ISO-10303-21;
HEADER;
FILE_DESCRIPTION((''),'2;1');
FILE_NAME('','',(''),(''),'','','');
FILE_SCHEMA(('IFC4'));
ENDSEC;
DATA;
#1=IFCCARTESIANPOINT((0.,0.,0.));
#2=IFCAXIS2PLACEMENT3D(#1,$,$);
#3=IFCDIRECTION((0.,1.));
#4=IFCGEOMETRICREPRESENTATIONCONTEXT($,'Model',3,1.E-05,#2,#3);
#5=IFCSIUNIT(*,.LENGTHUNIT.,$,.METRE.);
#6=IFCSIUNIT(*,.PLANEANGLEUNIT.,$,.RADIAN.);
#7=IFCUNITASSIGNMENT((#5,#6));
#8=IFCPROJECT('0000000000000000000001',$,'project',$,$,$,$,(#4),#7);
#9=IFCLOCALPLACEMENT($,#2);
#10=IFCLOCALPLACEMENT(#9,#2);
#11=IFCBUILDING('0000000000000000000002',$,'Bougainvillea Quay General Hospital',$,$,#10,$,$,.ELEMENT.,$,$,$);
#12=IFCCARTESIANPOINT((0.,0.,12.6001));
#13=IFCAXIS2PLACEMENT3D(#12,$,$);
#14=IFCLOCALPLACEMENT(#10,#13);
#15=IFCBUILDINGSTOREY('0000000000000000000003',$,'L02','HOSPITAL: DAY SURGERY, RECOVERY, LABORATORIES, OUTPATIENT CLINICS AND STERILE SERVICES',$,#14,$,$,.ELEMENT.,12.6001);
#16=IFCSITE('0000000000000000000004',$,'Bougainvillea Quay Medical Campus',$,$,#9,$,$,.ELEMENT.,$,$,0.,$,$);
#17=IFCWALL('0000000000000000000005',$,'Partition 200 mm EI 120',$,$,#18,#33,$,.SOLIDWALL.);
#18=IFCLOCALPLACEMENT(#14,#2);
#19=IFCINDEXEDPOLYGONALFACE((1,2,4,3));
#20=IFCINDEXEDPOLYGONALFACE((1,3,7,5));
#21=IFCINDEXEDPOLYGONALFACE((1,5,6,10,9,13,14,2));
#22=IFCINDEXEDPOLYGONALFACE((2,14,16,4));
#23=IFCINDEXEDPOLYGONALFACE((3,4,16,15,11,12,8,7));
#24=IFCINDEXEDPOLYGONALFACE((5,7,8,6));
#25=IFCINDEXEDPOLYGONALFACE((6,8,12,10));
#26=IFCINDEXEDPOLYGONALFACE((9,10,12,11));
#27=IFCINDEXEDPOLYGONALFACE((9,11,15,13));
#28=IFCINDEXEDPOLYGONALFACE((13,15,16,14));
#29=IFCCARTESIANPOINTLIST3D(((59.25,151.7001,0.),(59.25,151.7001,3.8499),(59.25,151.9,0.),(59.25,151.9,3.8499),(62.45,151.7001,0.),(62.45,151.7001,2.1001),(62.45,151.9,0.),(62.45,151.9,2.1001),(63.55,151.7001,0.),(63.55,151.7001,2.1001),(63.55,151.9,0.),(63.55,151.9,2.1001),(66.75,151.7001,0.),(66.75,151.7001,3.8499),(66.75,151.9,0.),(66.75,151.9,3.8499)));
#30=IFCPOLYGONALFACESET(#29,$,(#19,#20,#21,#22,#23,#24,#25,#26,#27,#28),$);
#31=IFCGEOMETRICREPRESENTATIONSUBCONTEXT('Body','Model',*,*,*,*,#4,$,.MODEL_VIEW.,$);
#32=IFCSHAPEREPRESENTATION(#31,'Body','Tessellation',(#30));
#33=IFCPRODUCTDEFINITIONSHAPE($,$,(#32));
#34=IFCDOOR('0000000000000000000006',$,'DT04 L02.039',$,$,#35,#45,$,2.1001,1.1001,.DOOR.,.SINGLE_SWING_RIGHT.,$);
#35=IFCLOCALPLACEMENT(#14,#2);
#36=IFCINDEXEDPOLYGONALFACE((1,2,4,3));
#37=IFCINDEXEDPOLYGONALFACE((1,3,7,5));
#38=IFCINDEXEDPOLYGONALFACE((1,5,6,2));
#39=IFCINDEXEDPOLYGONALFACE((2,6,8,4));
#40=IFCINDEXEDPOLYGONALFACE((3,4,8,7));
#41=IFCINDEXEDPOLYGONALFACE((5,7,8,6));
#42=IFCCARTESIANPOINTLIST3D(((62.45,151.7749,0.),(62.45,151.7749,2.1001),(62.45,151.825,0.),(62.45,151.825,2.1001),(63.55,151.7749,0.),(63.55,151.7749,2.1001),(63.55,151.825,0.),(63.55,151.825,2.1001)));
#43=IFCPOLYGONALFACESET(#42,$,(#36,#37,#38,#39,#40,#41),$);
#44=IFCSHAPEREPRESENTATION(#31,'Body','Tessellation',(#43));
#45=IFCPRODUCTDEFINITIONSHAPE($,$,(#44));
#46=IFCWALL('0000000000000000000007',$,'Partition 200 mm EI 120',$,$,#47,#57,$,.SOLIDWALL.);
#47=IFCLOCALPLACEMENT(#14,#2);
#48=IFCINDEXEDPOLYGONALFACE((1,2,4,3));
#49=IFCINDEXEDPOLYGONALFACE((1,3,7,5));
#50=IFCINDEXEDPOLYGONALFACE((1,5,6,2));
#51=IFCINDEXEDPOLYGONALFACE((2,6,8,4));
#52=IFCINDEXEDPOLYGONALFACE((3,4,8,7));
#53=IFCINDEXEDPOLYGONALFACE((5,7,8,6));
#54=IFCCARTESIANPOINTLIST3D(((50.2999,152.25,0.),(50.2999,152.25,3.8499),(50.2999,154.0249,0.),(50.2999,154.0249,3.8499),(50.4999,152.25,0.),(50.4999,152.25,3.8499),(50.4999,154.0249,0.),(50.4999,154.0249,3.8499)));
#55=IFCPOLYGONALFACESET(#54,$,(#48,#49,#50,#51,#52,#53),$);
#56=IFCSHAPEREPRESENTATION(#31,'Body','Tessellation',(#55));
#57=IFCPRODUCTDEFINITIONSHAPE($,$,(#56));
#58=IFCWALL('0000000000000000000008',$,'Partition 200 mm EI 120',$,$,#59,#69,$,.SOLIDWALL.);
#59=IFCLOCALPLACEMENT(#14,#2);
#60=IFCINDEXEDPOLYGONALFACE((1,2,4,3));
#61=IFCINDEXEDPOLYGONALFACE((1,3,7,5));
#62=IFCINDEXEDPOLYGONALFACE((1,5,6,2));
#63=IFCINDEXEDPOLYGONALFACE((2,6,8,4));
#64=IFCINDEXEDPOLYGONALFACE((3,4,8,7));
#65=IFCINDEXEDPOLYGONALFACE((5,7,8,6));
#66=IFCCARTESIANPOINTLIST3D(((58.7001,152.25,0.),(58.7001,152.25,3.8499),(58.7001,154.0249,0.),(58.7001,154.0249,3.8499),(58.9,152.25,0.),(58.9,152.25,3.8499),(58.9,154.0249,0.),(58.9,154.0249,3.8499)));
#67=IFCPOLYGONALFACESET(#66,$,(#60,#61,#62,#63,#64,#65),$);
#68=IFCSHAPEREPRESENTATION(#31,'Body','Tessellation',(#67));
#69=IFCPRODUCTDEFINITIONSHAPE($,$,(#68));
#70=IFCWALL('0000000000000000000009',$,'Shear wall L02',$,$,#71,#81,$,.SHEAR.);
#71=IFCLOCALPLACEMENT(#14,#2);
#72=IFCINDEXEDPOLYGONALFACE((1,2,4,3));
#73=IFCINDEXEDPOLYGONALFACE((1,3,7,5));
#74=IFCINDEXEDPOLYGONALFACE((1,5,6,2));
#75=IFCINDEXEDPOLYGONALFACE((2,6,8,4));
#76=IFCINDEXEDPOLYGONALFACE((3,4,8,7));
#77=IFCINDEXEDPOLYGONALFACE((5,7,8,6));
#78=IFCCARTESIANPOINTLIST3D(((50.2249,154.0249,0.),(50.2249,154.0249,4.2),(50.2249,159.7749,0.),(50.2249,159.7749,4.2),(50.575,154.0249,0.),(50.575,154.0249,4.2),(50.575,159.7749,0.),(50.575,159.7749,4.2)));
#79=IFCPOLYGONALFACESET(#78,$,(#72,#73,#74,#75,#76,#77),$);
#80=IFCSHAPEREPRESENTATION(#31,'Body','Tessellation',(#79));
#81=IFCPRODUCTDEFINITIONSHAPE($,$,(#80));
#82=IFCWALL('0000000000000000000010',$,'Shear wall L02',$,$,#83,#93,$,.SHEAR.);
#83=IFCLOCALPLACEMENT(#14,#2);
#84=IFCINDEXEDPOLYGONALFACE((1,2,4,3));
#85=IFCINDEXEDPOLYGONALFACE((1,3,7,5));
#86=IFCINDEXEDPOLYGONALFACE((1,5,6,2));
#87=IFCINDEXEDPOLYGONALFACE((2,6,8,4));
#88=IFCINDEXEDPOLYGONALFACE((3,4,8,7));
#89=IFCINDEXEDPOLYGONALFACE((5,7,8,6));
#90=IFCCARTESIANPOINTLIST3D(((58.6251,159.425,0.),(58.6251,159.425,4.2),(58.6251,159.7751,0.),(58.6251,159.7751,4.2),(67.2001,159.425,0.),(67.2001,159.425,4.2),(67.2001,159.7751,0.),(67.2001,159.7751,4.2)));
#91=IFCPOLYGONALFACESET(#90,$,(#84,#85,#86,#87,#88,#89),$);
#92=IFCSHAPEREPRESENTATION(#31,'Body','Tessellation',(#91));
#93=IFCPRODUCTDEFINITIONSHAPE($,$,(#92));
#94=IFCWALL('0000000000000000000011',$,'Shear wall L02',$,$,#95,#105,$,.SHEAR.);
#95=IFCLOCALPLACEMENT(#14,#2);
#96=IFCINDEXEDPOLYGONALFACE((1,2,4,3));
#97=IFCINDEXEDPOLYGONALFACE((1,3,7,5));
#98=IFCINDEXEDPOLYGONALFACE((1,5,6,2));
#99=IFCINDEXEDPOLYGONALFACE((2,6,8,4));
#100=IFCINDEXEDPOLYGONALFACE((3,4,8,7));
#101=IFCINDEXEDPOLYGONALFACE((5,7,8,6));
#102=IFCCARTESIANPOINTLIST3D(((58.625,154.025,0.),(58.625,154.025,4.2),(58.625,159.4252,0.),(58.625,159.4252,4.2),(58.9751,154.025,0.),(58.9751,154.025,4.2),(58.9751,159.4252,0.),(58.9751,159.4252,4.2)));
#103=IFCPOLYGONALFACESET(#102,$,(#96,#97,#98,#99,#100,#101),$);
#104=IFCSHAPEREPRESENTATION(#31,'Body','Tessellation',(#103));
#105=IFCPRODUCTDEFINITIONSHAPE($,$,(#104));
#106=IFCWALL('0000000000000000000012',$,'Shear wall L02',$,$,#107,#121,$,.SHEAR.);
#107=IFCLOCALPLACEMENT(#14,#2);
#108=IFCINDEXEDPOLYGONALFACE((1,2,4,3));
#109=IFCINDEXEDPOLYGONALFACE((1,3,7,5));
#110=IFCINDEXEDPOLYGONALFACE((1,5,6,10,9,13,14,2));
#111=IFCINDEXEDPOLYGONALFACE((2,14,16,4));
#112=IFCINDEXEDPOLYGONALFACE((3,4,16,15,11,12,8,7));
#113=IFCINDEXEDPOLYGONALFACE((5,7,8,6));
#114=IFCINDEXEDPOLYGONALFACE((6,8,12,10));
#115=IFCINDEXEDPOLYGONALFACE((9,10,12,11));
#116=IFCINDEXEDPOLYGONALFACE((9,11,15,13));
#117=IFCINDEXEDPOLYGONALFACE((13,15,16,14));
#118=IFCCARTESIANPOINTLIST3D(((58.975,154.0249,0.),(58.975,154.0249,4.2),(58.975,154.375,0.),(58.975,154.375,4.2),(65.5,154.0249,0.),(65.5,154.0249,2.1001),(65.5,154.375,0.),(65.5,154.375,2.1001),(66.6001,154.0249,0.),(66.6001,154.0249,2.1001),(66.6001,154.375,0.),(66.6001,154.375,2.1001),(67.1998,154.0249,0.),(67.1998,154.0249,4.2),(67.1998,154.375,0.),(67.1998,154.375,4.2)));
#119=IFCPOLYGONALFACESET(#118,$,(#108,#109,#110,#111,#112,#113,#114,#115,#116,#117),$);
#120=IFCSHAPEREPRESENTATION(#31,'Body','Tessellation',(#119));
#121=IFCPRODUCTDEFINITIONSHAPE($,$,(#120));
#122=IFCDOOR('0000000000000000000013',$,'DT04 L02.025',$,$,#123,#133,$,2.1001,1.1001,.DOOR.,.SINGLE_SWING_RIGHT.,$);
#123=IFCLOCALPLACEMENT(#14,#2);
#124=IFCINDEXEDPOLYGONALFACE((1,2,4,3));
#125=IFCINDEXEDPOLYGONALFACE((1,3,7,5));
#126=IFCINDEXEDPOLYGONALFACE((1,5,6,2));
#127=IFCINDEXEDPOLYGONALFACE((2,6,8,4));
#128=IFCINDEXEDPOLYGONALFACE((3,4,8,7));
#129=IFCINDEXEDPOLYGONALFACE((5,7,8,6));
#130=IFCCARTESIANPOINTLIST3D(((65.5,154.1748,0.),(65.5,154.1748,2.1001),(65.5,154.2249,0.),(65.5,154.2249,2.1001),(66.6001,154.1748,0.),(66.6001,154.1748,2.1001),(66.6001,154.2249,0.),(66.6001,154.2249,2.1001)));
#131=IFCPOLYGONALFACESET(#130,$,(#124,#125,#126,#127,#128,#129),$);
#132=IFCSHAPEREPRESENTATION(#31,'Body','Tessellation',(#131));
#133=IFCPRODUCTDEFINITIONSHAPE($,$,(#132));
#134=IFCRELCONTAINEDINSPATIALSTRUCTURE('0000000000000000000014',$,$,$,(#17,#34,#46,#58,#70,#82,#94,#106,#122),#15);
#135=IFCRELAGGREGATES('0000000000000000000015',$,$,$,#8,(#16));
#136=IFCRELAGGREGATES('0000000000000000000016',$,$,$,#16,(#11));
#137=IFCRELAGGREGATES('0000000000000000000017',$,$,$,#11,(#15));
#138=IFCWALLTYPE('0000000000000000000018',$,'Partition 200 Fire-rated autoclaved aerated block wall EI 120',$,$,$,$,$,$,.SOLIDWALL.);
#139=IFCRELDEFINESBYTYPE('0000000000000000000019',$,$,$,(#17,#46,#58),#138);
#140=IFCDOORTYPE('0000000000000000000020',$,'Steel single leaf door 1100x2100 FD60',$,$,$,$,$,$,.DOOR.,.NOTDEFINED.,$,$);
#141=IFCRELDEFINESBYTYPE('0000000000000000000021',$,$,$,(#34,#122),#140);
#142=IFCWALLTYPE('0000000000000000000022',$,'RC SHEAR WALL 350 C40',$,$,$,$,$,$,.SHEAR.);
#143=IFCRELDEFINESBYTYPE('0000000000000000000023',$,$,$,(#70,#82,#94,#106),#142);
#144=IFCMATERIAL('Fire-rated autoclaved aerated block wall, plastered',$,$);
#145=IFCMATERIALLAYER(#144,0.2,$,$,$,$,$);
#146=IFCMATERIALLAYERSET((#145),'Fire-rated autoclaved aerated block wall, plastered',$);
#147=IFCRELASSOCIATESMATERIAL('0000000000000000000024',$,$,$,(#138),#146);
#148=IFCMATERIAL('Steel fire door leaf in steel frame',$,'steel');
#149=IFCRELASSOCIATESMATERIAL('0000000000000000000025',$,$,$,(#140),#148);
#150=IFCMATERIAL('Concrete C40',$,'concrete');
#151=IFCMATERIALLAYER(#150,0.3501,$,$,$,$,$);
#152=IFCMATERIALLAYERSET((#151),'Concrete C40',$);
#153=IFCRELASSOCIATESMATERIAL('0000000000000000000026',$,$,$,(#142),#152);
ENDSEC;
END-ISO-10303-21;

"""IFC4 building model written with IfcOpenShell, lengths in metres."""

from ifc_helpers import new_model, si_unit, direction, frame, frame_2d, origin, place, context, subcontext, project, spatial, rectangle, extrude, material, layer, layer_set, type_object, element, fill, save


model = new_model("IFC4")

# Units and contexts
model_context = context("Model", 3, precision=1e-05, world=origin(), true_north=direction((0.0, 1.0)))
body_context = subcontext(model_context, "Body", "Model", "MODEL_VIEW")
ifc_project = project(units=[si_unit("LENGTHUNIT", "METRE"), si_unit("PLANEANGLEUNIT", "RADIAN")], contexts=[model_context])

# Site, building, storey
site_placement = place(None, origin())
site = spatial("IfcSite", under=ifc_project, at=site_placement, Name="Bougainvillea Quay Medical Campus", CompositionType="ELEMENT", RefElevation=0.0)
building_placement = place(site_placement, origin())
building = spatial("IfcBuilding", under=site, at=building_placement, Name="Bougainvillea Quay General Hospital", CompositionType="ELEMENT")
storey_placement = place(building_placement, frame((0.0, 0.0, 12.6001)))
storey = spatial("IfcBuildingStorey", under=building, at=storey_placement, Name="L02", Description="HOSPITAL: DAY SURGERY, RECOVERY, LABORATORIES, OUTPATIENT CLINICS AND STERILE SERVICES", CompositionType="ELEMENT", Elevation=12.6001)

# Shared definitions
ifc_material_1 = material(Name="Concrete C40", Category="concrete")

# Wall, opening, door
ifc_material_2 = material(Name="Fire-rated autoclaved aerated block wall, plastered")
ifc_layer_1 = layer(ifc_material_2, 0.2)
ifc_layer_set_1 = layer_set([ifc_layer_1], Name="Fire-rated autoclaved aerated block wall, plastered")
wall_type_1 = type_object("IfcWallType", Name="Partition 200 Fire-rated autoclaved aerated block wall EI 120", PredefinedType="SOLIDWALL", material=ifc_layer_set_1)
wall_1_placement = place(storey_placement, frame((59.25, 151.8, 0.0), z_axis=(0.0, 0.0, 1.0), x_axis=(1.0, 0.0, 0.0)))
wall_1 = element("IfcWall", 1, at=wall_1_placement, inside=storey, type_object=wall_type_1, Name="Partition 200 mm EI 120", PredefinedType="SOLIDWALL", context=body_context, shape_type="SweptSolid", body=[
    extrude(rectangle(XDim=7.5, YDim=0.2, at=frame_2d((3.75, 0.0))), origin(), (0.0, 0.0, 1.0), 3.8499),
])
opening_1_placement = place(wall_1_placement, frame((3.2, 0.0, 0.0)))
opening_1 = element("IfcOpeningElement", 2, at=opening_1_placement, cuts=wall_1, PredefinedType="OPENING", context=body_context, shape_type="SweptSolid", body=[
    extrude(rectangle(XDim=1.1001, YDim=2.1001, at=frame_2d((0.55, 1.05))), frame((0.0, 0.1099, 0.0), z_axis=(0.0, -1.0, 0.0), x_axis=(1.0, 0.0, 0.0)), (0.0, 0.0, 1.0), 0.22),
])
ifc_material_3 = material(Name="Steel fire door leaf in steel frame", Category="steel")
door_type_1 = type_object("IfcDoorType", Name="Steel single leaf door 1100x2100 FD60", OperationType="NOTDEFINED", PredefinedType="DOOR", material=ifc_material_3)
door_1_placement = place(opening_1_placement, origin())
door_1 = element("IfcDoor", 3, at=door_1_placement, inside=storey, type_object=door_type_1, Name="DT04 L02.039", OperationType="SINGLE_SWING_RIGHT", OverallHeight=2.1001, OverallWidth=1.1001, PredefinedType="DOOR", context=body_context, shape_type="SweptSolid", body=[
    extrude(rectangle(XDim=1.1001, YDim=2.1001, at=frame_2d((0.55, 1.05))), frame((0.0, 0.0249, 0.0), z_axis=(0.0, -1.0, 0.0), x_axis=(1.0, 0.0, 0.0)), (0.0, 0.0, 1.0), 0.05),
])
fill(opening_1, door_1)

# Walls
for number, where, z_axis, x_axis, name in (
    (4, (50.3999, 152.25, 0.0), (0.0, 0.0, 1.0), (0.0, 1.0, 0.0), "Partition 200 mm EI 120"),
    (5, (58.8, 152.25, 0.0), (0.0, 0.0, 1.0), (0.0, 1.0, 0.0), "Partition 200 mm EI 120"),
):
    element("IfcWall", number, at=place(storey_placement, frame(where, z_axis=z_axis, x_axis=x_axis)), inside=storey, type_object=wall_type_1, Name=name, PredefinedType="SOLIDWALL", context=body_context, shape_type="SweptSolid", body=[
        extrude(rectangle(XDim=1.7749, YDim=0.2, at=frame_2d((0.8875, 0.0))), origin(), (0.0, 0.0, 1.0), 3.8499),
    ])
ifc_layer_2 = layer(ifc_material_1, 0.3501)
ifc_layer_set_2 = layer_set([ifc_layer_2], Name="Concrete C40")
wall_type_2 = type_object("IfcWallType", Name="RC SHEAR WALL 350 C40", PredefinedType="SHEAR", material=ifc_layer_set_2)
wall_2_placement = place(storey_placement, frame((50.3999, 154.0249, 0.0), z_axis=(0.0, 0.0, 1.0), x_axis=(0.0, 1.0, 0.0)))
element("IfcWall", 6, at=wall_2_placement, inside=storey, type_object=wall_type_2, Name="Shear wall L02", PredefinedType="SHEAR", context=body_context, shape_type="SweptSolid", body=[
    extrude(rectangle(XDim=5.75, YDim=0.3501, at=frame_2d((2.875, 0.0))), origin(), (0.0, 0.0, 1.0), 4.2),
])
wall_3_placement = place(storey_placement, frame((58.625, 159.6001, 0.0), z_axis=(0.0, 0.0, 1.0), x_axis=(1.0, 0.0, 0.0)))
element("IfcWall", 7, at=wall_3_placement, inside=storey, type_object=wall_type_2, Name="Shear wall L02", PredefinedType="SHEAR", context=body_context, shape_type="SweptSolid", body=[
    extrude(rectangle(XDim=8.575, YDim=0.3501, at=frame_2d((4.2876, 0.0))), origin(), (0.0, 0.0, 1.0), 4.2),
])
wall_4_placement = place(storey_placement, frame((58.8, 154.0249, 0.0), z_axis=(0.0, 0.0, 1.0), x_axis=(0.0, 1.0, 0.0)))
element("IfcWall", 8, at=wall_4_placement, inside=storey, type_object=wall_type_2, Name="Shear wall L02", PredefinedType="SHEAR", context=body_context, shape_type="SweptSolid", body=[
    extrude(rectangle(XDim=5.4001, YDim=0.3501, at=frame_2d((2.7002, 0.0))), origin(), (0.0, 0.0, 1.0), 4.2),
])

# Wall, opening, door
wall_5_placement = place(storey_placement, frame((58.9751, 154.2, 0.0), z_axis=(0.0, 0.0, 1.0), x_axis=(1.0, 0.0, 0.0)))
wall_5 = element("IfcWall", 9, at=wall_5_placement, inside=storey, type_object=wall_type_2, Name="Shear wall L02", PredefinedType="SHEAR", context=body_context, shape_type="SweptSolid", body=[
    extrude(rectangle(XDim=8.2249, YDim=0.3501, at=frame_2d((4.1123, 0.0))), origin(), (0.0, 0.0, 1.0), 4.2),
])
opening_2_placement = place(wall_5_placement, frame((6.5249, 0.0, 0.0)))
opening_2 = element("IfcOpeningElement", 10, at=opening_2_placement, cuts=wall_5, PredefinedType="OPENING", context=body_context, shape_type="SweptSolid", body=[
    extrude(rectangle(XDim=1.1001, YDim=2.1001, at=frame_2d((0.55, 1.05))), frame((0.0, 0.1851, 0.0), z_axis=(0.0, -1.0, 0.0), x_axis=(1.0, 0.0, 0.0)), (0.0, 0.0, 1.0), 0.3701),
])
door_2_placement = place(opening_2_placement, origin())
door_2 = element("IfcDoor", 11, at=door_2_placement, inside=storey, type_object=door_type_1, Name="DT04 L02.025", OperationType="SINGLE_SWING_RIGHT", OverallHeight=2.1001, OverallWidth=1.1001, PredefinedType="DOOR", context=body_context, shape_type="SweptSolid", body=[
    extrude(rectangle(XDim=1.1001, YDim=2.1001, at=frame_2d((0.55, 1.05))), frame((0.0, 0.0249, 0.0), z_axis=(0.0, -1.0, 0.0), x_axis=(1.0, 0.0, 0.0)), (0.0, 0.0, 1.0), 0.05),
])
fill(opening_2, door_2)

save(model, "model.ifc")
